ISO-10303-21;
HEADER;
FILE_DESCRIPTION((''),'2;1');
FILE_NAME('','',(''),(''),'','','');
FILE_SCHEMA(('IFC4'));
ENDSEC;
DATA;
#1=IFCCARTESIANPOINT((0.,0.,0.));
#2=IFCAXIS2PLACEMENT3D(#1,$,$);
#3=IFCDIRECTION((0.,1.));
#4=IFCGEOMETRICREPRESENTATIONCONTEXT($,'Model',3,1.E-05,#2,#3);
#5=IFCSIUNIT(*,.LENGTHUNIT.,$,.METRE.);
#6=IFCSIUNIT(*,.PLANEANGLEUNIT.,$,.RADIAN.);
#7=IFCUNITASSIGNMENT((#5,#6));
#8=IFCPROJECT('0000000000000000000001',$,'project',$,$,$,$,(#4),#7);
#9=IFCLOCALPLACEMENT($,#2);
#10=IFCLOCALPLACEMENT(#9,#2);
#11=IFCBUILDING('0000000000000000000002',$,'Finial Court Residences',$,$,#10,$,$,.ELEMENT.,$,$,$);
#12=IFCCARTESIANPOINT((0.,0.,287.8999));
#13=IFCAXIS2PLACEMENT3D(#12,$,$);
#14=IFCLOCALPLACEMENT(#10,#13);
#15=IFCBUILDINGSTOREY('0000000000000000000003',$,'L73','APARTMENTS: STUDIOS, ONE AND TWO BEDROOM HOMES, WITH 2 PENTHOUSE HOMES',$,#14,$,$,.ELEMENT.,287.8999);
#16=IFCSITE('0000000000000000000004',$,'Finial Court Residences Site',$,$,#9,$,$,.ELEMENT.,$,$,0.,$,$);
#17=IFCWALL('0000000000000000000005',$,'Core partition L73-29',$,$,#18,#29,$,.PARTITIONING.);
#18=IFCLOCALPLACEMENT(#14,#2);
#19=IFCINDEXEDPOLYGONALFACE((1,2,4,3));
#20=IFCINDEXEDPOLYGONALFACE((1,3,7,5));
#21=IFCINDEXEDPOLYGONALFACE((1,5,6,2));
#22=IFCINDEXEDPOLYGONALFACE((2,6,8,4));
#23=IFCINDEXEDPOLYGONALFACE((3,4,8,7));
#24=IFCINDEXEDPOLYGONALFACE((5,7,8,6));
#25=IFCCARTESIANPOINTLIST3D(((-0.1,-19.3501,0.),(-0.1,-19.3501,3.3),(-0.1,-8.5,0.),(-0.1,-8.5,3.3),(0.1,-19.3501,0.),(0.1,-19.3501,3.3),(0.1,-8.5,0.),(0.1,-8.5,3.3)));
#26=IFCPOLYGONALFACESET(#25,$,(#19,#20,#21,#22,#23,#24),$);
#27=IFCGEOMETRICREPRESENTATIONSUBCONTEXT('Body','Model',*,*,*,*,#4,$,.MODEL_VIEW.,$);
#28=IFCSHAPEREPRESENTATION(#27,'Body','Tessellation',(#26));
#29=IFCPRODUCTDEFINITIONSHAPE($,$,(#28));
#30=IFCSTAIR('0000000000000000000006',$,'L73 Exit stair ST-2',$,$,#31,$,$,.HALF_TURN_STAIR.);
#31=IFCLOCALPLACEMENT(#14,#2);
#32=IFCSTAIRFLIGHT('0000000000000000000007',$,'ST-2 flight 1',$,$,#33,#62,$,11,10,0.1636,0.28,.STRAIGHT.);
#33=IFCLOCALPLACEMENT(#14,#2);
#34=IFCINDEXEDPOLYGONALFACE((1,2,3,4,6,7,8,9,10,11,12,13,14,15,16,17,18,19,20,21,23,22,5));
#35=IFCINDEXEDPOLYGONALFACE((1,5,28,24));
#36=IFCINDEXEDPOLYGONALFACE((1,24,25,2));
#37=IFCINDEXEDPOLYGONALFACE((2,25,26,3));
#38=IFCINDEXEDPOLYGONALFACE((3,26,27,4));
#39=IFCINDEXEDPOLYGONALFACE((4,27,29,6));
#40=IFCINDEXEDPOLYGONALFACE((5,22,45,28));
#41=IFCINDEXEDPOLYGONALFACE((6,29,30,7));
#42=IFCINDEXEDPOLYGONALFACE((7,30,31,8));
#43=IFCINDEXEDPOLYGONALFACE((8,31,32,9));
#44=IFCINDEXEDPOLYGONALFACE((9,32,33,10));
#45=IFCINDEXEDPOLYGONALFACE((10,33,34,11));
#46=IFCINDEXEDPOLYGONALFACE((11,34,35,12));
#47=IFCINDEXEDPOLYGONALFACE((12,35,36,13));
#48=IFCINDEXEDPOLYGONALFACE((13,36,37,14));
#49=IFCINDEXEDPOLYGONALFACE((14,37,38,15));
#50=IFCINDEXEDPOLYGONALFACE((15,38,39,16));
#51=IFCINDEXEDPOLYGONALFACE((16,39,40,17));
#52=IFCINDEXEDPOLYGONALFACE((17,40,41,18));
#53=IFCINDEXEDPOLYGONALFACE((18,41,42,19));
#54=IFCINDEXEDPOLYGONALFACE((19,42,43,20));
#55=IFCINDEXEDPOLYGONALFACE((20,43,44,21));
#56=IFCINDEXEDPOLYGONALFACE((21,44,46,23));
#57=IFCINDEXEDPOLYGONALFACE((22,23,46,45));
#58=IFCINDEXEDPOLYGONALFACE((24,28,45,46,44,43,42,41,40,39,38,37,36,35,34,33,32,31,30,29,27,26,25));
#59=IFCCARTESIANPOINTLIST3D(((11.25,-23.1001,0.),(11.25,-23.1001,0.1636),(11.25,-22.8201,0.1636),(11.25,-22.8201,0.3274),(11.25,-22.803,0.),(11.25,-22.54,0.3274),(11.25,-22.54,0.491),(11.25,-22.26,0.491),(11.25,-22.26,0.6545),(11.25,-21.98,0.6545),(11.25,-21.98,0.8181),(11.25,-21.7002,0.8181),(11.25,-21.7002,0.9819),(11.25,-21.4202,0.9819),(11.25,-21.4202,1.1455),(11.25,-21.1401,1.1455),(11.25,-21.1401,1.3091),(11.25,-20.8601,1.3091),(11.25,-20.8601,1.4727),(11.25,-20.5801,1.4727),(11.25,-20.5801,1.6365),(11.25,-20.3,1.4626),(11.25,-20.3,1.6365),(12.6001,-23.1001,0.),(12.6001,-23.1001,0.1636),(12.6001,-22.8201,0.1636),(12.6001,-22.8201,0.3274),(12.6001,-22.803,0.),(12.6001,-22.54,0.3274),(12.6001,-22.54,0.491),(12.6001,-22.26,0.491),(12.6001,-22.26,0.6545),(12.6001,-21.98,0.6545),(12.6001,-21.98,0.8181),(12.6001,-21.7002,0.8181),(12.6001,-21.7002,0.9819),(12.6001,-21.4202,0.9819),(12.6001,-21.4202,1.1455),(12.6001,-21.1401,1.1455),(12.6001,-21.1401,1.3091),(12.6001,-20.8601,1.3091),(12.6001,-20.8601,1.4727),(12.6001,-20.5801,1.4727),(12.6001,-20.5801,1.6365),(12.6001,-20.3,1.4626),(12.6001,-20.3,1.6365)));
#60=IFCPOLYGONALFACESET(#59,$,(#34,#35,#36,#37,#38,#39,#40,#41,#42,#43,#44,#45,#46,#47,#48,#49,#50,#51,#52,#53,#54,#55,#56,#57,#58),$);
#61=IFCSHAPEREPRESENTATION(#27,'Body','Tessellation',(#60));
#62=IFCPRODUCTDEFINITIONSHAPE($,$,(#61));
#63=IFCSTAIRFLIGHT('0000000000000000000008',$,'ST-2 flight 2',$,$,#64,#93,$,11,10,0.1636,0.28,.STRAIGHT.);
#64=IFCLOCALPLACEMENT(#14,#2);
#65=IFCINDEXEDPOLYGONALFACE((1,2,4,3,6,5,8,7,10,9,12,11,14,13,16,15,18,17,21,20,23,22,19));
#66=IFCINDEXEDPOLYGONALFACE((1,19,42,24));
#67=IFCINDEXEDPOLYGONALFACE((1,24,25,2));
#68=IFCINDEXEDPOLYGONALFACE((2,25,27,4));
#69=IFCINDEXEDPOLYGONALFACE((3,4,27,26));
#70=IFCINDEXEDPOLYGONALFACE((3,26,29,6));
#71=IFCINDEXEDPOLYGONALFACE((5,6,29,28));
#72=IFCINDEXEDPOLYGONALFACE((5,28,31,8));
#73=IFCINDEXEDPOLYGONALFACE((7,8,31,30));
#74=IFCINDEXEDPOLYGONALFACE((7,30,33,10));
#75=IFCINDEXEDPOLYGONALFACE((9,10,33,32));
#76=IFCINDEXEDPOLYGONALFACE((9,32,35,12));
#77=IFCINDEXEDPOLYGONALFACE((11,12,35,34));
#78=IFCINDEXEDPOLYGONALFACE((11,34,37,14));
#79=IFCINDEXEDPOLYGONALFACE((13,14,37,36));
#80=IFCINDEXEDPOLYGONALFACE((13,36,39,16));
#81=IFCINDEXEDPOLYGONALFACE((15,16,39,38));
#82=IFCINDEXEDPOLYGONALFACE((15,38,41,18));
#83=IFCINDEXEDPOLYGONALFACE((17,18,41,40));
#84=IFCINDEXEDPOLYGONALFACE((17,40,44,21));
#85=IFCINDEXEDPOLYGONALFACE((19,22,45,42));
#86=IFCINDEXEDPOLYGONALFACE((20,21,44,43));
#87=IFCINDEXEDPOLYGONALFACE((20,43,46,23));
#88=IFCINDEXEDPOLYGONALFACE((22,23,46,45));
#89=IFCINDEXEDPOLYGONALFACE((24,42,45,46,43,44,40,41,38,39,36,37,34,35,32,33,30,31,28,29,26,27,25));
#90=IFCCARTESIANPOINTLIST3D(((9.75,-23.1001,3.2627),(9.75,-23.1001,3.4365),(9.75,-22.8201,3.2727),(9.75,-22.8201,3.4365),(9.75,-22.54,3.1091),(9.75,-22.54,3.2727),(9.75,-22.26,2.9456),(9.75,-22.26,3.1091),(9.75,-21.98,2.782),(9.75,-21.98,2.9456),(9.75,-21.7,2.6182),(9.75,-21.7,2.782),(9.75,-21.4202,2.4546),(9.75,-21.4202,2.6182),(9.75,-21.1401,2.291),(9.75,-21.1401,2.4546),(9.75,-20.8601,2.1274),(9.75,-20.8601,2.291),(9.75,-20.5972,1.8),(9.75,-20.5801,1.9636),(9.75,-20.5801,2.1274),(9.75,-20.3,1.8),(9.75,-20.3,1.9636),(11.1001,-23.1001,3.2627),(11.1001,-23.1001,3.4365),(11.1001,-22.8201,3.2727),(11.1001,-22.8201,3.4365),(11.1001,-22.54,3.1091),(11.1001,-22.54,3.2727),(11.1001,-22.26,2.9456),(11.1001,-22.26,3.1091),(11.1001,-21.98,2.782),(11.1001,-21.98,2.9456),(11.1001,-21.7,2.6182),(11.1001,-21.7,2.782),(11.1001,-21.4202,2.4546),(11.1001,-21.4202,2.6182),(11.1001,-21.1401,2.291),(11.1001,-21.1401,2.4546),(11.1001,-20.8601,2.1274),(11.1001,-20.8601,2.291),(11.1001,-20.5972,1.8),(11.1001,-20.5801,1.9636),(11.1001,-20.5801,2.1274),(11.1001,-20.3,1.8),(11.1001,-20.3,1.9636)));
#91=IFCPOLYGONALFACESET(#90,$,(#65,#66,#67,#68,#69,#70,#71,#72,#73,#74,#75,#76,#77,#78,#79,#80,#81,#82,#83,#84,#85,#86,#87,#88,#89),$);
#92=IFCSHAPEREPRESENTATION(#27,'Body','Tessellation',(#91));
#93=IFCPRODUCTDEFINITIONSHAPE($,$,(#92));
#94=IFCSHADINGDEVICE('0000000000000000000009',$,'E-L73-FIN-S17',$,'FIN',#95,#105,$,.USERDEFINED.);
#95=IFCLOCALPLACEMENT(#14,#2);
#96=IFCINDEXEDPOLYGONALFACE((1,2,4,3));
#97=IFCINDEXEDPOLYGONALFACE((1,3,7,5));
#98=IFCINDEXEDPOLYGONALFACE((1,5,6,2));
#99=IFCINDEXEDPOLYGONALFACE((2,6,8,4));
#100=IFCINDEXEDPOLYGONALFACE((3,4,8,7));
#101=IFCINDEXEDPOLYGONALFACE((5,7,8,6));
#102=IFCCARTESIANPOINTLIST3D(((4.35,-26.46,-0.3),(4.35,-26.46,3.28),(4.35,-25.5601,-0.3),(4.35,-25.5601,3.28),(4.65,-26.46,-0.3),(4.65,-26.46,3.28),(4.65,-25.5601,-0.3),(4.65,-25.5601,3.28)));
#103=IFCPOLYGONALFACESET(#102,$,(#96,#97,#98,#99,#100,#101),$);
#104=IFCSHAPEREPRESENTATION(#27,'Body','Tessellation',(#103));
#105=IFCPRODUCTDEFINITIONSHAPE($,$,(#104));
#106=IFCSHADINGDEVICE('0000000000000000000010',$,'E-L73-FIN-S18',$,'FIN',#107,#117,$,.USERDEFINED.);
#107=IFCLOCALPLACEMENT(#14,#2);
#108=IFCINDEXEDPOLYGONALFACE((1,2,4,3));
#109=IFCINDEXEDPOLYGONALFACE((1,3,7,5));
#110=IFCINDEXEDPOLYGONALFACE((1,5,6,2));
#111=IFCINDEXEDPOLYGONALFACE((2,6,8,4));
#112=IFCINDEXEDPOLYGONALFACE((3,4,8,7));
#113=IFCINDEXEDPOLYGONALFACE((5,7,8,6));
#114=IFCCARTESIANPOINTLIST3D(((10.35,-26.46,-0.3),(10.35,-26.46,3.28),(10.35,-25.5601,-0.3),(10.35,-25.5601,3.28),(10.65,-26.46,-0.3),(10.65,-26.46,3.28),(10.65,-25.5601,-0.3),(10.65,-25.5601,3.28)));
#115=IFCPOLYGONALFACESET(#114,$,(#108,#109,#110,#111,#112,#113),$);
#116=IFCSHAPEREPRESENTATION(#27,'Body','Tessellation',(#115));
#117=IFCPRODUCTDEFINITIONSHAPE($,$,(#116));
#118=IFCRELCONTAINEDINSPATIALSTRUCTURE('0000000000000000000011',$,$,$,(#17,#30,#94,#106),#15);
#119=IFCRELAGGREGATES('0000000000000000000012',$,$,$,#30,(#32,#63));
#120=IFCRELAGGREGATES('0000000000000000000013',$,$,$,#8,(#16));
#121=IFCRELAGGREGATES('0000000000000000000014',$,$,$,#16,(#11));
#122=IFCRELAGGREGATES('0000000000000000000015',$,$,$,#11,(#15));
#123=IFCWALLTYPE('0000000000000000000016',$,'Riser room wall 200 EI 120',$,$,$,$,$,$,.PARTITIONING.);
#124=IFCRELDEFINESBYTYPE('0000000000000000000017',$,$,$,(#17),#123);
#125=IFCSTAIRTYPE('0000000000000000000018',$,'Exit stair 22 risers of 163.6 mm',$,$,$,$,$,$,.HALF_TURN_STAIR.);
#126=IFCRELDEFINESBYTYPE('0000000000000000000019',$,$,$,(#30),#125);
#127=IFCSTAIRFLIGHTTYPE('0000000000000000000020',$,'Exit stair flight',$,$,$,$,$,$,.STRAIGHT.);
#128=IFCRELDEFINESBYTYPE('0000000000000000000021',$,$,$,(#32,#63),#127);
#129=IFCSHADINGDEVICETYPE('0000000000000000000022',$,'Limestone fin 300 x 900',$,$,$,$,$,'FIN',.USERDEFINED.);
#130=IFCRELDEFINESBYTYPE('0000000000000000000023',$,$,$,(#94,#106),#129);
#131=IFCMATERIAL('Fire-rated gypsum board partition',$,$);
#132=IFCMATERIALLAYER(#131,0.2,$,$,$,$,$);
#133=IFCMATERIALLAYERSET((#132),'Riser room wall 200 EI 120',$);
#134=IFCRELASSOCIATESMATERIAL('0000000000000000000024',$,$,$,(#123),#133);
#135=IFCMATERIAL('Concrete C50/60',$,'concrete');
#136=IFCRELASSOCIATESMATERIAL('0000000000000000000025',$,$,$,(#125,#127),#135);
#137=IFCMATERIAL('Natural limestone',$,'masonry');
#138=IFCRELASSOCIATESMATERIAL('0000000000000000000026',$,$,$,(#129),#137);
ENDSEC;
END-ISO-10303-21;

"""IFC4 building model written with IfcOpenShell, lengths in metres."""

from ifc_helpers import new_model, si_unit, direction, frame, frame_2d, origin, origin_2d, place, context, subcontext, project, spatial, polyline, rectangle, outline, extrude, material, layer, layer_set, type_object, element, aggregate, save


model = new_model("IFC4")

# Units and contexts
model_context = context("Model", 3, precision=1e-05, world=origin(), true_north=direction((0.0, 1.0)))
body_context = subcontext(model_context, "Body", "Model", "MODEL_VIEW")
ifc_project = project(units=[si_unit("LENGTHUNIT", "METRE"), si_unit("PLANEANGLEUNIT", "RADIAN")], contexts=[model_context])

# Site, building, storey
site_placement = place(None, origin())
site = spatial("IfcSite", under=ifc_project, at=site_placement, Name="Finial Court Residences Site", CompositionType="ELEMENT", RefElevation=0.0)
building_placement = place(site_placement, origin())
building = spatial("IfcBuilding", under=site, at=building_placement, Name="Finial Court Residences", CompositionType="ELEMENT")
storey_placement = place(building_placement, frame((0.0, 0.0, 287.8999)))
storey = spatial("IfcBuildingStorey", under=building, at=storey_placement, Name="L73", Description="APARTMENTS: STUDIOS, ONE AND TWO BEDROOM HOMES, WITH 2 PENTHOUSE HOMES", CompositionType="ELEMENT", Elevation=287.8999)

# Shared definitions
ifc_material_1 = material(Name="Fire-rated gypsum board partition")

# Shared definitions
ifc_material_2 = material(Name="Concrete C50/60", Category="concrete")

# Wall
ifc_layer_1 = layer(ifc_material_1, 0.2)
ifc_layer_set_1 = layer_set([ifc_layer_1], Name="Riser room wall 200 EI 120")
wall_type_1 = type_object("IfcWallType", Name="Riser room wall 200 EI 120", PredefinedType="PARTITIONING", material=ifc_layer_set_1)
wall_1_placement = place(storey_placement, frame((0.0, -19.3501, 0.0), z_axis=(0.0, 0.0, 1.0), x_axis=(0.0, 1.0, 0.0)))
element("IfcWall", 1, at=wall_1_placement, inside=storey, type_object=wall_type_1, Name="Core partition L73-29", PredefinedType="PARTITIONING", context=body_context, shape_type="SweptSolid", body=[
    extrude(rectangle(XDim=10.8501, YDim=0.2, at=frame_2d((5.425, 0.0))), origin(), (0.0, 0.0, 1.0), 3.3),
])

# Stair, stair flights
stair_type = type_object("IfcStairType", Name="Exit stair 22 risers of 163.6 mm", PredefinedType="HALF_TURN_STAIR", material=ifc_material_2)
stair_placement = place(storey_placement, origin())
stair = element("IfcStair", 2, at=stair_placement, inside=storey, type_object=stair_type, Name="L73 Exit stair ST-2", PredefinedType="HALF_TURN_STAIR")
stair_flight_type = type_object("IfcStairFlightType", Name="Exit stair flight", PredefinedType="STRAIGHT", material=ifc_material_2)
stair_flight_1_placement = place(storey_placement, frame((11.925, -23.1001, 0.0), z_axis=(0.0, 0.0, 1.0), x_axis=(0.0, 1.0, 0.0)))
stair_flight_1 = element("IfcStairFlight", 3, at=stair_flight_1_placement, type_object=stair_flight_type, Name="ST-2 flight 1", NumberOfRisers=11, NumberOfTreads=10, PredefinedType="STRAIGHT", RiserHeight=0.1636, TreadLength=0.28, context=body_context, shape_type="SweptSolid", body=[
    extrude(outline(polyline([(0.0, 0.0), (0.0, 0.1636), (0.28, 0.1636), (0.28, 0.3274), (0.5601, 0.3274), (0.5601, 0.491), (0.8401, 0.491), (0.8401, 0.6545), (1.1201, 0.6545), (1.1201, 0.8181), (1.3999, 0.8181), (1.3999, 0.9819), (1.6799, 0.9819), (1.6799, 1.1455), (1.96, 1.1455), (1.96, 1.3091), (2.24, 1.3091), (2.24, 1.4727), (2.52, 1.4727), (2.52, 1.6365), (2.8, 1.6365), (2.8, 1.8), (2.8, 1.4626), (0.2971, 0.0), (0.0, 0.0)])), frame((0.0, 0.675, 0.0), z_axis=(0.0, -1.0, 0.0), x_axis=(1.0, 0.0, 0.0)), (0.0, 0.0, 1.0), 1.3501),
])
stair_flight_2_placement = place(storey_placement, frame((10.425, -20.3, 1.8), z_axis=(0.0, 0.0, 1.0), x_axis=(0.0, -1.0, 0.0)))
stair_flight_2 = element("IfcStairFlight", 4, at=stair_flight_2_placement, type_object=stair_flight_type, Name="ST-2 flight 2", NumberOfRisers=11, NumberOfTreads=10, PredefinedType="STRAIGHT", RiserHeight=0.1636, TreadLength=0.28, context=body_context, shape_type="SweptSolid", body=[
    extrude(outline(polyline([(0.0, 0.0), (0.0, 0.1636), (0.28, 0.1636), (0.28, 0.3274), (0.5601, 0.3274), (0.5601, 0.491), (0.8401, 0.491), (0.8401, 0.6545), (1.1201, 0.6545), (1.1201, 0.8181), (1.3999, 0.8181), (1.3999, 0.9819), (1.6799, 0.9819), (1.6799, 1.1455), (1.96, 1.1455), (1.96, 1.3091), (2.24, 1.3091), (2.24, 1.4727), (2.52, 1.4727), (2.52, 1.6365), (2.8, 1.6365), (2.8, 1.8), (2.8, 1.4626), (0.2971, 0.0), (0.0, 0.0)])), frame((0.0, 0.675, 0.0), z_axis=(0.0, -1.0, 0.0), x_axis=(1.0, 0.0, 0.0)), (0.0, 0.0, 1.0), 1.3501),
])
aggregate(stair, [stair_flight_1, stair_flight_2])

# Shading devices
ifc_material_3 = material(Name="Natural limestone", Category="masonry")
shading_device_type = type_object("IfcShadingDeviceType", Name="Limestone fin 300 x 900", ElementType="FIN", PredefinedType="USERDEFINED", material=ifc_material_3)
for number, where, z_axis, x_axis, name in (
    (5, (4.5, -26.01, -0.3), (0.0, 0.0, 1.0), (1.0, 0.0, 0.0), "E-L73-FIN-S17"),
    (6, (10.5, -26.01, -0.3), (0.0, 0.0, 1.0), (1.0, 0.0, 0.0), "E-L73-FIN-S18"),
):
    element("IfcShadingDevice", number, at=place(storey_placement, frame(where, z_axis=z_axis, x_axis=x_axis)), inside=storey, type_object=shading_device_type, Name=name, ObjectType="FIN", PredefinedType="USERDEFINED", context=body_context, shape_type="SweptSolid", body=[
        extrude(rectangle(XDim=0.3, YDim=0.8999, at=origin_2d()), origin(), (0.0, 0.0, 1.0), 3.5801),
    ])

save(model, "model.ifc")
